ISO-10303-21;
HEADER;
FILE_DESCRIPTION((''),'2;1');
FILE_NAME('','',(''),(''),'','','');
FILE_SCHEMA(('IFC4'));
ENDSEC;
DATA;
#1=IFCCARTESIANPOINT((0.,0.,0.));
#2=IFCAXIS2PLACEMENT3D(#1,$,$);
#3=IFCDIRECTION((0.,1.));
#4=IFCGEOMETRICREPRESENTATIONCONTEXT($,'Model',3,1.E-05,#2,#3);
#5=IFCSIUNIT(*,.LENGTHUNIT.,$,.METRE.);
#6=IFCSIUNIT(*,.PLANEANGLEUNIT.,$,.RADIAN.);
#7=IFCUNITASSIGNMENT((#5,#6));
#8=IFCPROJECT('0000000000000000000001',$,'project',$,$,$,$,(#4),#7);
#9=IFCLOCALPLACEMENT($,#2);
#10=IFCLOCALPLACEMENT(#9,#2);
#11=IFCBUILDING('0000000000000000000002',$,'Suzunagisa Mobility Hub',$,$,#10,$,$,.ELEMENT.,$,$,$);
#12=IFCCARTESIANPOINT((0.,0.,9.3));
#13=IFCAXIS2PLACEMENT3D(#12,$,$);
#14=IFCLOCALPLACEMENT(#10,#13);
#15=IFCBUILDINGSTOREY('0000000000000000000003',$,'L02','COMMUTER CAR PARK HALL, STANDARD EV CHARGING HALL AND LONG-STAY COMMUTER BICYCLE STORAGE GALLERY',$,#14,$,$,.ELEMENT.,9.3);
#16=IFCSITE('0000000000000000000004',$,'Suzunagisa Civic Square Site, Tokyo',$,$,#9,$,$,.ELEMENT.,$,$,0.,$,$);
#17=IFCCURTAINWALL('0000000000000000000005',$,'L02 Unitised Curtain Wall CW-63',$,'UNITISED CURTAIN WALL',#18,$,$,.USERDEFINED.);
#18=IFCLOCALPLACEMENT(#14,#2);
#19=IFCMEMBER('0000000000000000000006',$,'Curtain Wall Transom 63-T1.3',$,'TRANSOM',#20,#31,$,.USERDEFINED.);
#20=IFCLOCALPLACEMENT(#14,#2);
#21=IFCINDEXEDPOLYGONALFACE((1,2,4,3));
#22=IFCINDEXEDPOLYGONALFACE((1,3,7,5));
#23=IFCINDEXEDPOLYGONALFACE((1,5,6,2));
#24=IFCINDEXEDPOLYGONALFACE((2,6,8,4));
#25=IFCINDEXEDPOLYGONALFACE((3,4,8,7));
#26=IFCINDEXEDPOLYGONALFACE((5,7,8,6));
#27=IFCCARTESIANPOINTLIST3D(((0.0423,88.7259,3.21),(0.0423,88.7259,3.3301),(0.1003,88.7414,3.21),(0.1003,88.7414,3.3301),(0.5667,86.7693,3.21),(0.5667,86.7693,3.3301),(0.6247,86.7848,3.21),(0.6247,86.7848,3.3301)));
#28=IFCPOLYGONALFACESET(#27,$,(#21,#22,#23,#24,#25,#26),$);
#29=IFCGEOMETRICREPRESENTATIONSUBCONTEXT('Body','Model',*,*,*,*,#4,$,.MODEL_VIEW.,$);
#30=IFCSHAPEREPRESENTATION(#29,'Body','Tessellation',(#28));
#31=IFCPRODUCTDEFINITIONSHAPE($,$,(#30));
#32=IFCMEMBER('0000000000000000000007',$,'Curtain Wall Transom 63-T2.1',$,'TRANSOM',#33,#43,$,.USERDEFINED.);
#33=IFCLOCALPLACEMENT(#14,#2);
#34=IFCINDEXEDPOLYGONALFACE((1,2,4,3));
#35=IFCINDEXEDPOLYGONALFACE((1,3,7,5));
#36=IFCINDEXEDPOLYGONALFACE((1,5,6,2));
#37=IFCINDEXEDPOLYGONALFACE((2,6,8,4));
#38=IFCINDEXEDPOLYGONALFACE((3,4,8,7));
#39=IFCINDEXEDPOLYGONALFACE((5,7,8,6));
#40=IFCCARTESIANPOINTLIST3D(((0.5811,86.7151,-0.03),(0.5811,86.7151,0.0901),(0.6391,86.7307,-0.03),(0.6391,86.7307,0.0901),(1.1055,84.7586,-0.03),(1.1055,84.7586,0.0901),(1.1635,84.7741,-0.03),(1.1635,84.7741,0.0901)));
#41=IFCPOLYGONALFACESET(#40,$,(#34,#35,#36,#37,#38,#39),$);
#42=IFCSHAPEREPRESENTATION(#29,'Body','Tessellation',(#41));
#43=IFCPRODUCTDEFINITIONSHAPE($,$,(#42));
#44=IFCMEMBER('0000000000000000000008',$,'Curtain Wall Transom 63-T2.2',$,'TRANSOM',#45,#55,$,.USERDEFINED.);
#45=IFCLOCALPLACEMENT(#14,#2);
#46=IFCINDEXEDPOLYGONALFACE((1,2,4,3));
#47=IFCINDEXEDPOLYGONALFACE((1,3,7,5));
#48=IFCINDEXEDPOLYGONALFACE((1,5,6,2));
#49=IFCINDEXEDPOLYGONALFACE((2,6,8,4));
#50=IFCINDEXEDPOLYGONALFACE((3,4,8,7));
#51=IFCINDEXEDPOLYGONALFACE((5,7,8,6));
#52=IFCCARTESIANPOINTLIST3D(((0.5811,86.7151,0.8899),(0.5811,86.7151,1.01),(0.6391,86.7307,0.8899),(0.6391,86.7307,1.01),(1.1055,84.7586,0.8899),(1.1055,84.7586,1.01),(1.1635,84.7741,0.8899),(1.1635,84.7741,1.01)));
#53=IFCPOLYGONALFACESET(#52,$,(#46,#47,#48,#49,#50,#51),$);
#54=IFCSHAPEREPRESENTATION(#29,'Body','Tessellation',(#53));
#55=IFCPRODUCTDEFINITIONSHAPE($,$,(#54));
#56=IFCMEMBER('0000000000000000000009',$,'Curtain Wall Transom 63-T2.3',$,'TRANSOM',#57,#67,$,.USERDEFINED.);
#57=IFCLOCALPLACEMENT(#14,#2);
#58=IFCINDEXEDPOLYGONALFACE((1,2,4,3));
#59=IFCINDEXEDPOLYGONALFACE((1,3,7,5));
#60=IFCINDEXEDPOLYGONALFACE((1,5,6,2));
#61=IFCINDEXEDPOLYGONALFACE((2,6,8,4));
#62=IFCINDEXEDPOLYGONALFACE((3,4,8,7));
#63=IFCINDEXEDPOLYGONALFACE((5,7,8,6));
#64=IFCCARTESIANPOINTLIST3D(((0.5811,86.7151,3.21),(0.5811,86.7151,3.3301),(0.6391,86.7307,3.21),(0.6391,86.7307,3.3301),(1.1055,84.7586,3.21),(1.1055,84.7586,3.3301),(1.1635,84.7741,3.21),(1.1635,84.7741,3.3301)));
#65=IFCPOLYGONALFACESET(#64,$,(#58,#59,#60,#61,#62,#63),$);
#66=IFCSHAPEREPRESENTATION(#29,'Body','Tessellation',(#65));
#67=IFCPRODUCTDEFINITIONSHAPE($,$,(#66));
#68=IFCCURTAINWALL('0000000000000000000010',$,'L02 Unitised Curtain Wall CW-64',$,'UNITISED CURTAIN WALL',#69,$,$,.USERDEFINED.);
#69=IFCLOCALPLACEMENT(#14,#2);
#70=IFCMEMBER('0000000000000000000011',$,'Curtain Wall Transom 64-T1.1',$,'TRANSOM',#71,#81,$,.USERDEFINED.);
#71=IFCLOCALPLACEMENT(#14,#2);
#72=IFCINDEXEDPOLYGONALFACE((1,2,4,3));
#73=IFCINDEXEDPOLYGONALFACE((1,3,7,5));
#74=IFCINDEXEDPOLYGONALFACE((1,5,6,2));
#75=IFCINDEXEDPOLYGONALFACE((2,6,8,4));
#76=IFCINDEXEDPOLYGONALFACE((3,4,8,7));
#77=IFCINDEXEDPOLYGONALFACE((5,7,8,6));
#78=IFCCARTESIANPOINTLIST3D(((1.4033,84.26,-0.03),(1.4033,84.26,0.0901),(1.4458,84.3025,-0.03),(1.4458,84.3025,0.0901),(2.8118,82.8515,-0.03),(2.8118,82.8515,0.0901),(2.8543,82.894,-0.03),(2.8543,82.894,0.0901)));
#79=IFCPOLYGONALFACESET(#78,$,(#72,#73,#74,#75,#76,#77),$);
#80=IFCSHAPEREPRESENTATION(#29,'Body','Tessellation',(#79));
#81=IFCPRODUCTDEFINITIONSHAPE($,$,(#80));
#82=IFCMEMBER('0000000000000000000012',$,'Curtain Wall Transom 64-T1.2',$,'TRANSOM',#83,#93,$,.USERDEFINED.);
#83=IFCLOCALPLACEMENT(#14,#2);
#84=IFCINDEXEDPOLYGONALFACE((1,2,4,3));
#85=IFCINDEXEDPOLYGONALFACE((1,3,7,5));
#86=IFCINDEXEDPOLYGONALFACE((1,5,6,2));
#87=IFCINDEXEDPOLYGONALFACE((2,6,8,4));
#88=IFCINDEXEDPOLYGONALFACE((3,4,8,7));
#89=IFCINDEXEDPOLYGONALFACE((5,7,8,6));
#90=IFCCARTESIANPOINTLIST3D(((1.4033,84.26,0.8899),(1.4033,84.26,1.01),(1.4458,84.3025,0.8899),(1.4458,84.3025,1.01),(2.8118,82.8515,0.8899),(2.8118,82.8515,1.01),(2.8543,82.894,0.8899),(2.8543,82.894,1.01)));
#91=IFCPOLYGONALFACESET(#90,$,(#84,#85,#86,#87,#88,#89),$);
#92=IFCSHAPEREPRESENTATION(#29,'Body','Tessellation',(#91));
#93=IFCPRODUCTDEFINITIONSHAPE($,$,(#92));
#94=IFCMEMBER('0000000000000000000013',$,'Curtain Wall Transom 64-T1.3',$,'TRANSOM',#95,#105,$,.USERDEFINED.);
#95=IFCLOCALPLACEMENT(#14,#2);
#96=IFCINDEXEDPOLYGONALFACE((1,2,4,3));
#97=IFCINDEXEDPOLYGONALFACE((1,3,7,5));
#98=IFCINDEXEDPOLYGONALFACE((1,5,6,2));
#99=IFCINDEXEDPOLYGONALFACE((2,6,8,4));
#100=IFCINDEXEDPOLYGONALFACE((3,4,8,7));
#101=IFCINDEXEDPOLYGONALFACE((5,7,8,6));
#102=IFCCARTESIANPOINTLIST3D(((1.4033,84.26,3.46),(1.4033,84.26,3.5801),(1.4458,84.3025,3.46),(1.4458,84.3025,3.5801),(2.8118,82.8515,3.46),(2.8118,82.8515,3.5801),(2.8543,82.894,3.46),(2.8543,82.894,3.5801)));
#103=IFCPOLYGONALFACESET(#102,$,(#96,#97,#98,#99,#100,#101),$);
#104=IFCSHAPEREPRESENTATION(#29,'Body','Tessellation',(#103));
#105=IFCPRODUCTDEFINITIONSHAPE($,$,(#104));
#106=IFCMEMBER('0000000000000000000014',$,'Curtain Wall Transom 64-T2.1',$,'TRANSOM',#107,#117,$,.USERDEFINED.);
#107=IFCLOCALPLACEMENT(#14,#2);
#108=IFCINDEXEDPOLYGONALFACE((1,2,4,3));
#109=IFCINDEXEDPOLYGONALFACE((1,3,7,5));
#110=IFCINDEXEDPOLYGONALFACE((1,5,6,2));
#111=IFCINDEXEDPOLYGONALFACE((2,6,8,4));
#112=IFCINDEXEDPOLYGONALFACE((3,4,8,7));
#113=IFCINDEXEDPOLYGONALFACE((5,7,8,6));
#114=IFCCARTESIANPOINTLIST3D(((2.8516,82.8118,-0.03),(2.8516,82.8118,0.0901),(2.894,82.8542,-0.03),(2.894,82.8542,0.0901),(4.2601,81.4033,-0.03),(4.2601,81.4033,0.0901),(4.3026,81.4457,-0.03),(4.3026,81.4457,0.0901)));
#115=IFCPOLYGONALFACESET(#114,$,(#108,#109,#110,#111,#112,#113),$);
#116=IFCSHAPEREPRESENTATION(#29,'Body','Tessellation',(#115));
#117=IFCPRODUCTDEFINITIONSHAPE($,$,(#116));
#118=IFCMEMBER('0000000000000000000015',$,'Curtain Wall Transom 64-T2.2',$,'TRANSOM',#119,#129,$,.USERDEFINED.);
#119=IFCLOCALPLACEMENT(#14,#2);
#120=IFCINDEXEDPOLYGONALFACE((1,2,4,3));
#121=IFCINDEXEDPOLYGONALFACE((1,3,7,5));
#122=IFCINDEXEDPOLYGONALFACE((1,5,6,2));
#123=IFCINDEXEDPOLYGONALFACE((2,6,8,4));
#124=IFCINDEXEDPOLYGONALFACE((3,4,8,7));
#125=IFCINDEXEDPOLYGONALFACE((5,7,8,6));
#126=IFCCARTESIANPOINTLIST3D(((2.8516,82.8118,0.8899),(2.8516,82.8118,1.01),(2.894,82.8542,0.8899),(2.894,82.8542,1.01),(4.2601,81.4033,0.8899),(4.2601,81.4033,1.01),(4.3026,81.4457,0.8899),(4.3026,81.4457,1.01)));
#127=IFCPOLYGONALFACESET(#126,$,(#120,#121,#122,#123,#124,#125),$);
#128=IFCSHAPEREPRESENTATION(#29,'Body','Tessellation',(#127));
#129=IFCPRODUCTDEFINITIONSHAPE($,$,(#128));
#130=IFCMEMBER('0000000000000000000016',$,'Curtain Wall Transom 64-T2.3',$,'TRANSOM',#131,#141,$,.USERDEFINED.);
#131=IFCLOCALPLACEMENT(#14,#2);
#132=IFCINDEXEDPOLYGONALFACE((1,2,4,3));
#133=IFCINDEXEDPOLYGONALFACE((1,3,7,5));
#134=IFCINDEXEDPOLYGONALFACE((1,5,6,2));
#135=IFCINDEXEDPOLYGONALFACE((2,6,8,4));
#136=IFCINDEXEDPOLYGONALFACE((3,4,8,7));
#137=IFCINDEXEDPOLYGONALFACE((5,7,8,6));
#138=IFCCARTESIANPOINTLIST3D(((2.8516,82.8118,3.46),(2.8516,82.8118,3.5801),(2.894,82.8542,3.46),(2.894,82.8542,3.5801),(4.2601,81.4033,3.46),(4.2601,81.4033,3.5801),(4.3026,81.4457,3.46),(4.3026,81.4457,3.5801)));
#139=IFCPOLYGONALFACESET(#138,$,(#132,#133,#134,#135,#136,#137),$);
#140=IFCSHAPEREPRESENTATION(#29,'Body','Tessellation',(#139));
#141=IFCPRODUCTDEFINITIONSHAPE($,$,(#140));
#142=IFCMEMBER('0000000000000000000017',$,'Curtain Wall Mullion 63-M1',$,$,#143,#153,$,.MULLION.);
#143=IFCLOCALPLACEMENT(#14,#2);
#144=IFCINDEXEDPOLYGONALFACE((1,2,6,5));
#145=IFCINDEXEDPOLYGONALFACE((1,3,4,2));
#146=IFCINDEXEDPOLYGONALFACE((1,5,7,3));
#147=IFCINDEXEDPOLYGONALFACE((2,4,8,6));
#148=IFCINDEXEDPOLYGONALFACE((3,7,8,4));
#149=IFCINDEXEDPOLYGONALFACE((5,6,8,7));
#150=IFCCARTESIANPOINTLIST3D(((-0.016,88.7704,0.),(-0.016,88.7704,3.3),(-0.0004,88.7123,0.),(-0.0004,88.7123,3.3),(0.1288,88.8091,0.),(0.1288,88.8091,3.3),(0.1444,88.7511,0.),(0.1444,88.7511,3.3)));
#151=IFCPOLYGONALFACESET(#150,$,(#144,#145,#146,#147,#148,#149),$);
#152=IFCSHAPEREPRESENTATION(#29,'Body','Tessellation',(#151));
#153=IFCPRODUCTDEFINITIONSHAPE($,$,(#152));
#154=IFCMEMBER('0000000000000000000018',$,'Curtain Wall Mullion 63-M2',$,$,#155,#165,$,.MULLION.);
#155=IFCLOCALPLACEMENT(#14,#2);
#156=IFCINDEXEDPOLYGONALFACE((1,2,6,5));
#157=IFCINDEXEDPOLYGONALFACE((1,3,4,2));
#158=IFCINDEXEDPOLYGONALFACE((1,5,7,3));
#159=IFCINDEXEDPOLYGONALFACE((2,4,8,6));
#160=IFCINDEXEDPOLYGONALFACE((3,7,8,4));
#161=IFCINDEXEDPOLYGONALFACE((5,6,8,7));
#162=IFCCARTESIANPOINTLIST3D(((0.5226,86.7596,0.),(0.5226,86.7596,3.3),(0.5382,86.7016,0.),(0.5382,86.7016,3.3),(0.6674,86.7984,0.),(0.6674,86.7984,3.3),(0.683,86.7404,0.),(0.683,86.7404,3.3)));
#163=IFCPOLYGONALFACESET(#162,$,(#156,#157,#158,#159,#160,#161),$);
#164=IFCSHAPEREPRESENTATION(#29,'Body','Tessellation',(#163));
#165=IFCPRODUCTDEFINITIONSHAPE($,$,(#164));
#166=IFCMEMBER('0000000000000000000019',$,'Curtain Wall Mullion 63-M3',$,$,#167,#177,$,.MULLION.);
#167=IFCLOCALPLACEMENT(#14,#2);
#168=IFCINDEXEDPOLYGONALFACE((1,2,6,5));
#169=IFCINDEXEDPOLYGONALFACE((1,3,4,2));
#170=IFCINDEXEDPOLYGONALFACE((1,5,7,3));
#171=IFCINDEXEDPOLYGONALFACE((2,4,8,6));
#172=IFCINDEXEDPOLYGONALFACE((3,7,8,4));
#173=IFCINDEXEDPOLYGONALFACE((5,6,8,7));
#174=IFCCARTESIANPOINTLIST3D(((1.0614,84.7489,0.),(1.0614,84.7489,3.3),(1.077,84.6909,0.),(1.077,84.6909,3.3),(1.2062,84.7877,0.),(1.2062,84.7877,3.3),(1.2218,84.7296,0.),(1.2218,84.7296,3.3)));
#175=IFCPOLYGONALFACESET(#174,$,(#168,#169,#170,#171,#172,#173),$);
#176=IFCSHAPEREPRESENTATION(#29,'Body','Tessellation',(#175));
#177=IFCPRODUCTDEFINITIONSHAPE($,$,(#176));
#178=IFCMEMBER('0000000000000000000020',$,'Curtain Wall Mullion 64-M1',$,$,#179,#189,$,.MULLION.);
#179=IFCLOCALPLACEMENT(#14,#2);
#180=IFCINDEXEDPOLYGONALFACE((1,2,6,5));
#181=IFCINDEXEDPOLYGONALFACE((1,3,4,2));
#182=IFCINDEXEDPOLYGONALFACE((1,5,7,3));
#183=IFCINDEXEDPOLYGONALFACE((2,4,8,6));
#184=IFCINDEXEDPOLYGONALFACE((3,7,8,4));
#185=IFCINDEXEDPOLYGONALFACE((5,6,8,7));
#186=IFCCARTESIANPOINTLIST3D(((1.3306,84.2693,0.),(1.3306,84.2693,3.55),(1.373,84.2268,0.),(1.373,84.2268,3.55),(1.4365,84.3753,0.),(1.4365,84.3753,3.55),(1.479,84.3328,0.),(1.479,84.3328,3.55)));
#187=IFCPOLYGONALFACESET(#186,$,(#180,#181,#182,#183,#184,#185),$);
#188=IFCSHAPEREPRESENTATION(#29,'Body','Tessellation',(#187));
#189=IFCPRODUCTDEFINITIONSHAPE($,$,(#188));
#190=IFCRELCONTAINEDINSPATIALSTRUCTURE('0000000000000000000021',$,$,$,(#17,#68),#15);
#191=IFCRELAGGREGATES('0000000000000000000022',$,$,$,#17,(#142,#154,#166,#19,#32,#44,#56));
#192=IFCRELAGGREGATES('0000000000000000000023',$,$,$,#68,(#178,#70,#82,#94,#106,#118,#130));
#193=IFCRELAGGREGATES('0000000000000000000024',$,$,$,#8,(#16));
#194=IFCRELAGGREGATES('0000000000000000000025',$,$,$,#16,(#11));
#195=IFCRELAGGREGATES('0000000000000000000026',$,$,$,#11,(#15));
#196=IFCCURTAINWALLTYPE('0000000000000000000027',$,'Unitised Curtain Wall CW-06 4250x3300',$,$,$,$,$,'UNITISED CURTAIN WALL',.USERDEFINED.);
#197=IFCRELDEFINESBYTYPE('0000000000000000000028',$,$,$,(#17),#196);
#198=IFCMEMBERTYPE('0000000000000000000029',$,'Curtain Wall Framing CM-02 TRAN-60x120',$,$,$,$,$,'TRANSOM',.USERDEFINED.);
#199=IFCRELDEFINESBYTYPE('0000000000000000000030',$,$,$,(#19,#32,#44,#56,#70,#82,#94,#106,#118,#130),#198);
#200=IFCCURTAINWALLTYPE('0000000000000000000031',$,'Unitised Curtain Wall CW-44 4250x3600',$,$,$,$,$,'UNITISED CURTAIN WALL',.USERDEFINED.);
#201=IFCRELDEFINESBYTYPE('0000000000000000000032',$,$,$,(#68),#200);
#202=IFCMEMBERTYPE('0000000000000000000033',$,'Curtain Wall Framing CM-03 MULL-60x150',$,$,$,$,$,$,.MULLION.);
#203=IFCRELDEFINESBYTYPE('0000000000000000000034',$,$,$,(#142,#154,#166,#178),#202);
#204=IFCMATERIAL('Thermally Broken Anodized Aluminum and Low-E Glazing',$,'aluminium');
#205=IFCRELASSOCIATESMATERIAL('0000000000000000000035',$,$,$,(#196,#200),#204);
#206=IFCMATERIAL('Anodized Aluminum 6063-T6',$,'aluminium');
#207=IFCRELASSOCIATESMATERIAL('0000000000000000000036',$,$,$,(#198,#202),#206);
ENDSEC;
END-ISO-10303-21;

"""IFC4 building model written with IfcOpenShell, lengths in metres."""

from ifc_helpers import new_model, si_unit, direction, frame, origin, origin_2d, place, context, subcontext, project, spatial, rectangle, extrude, material, material_profile, profile_set, type_object, element, aggregate, save


model = new_model("IFC4")

# Units and contexts
model_context = context("Model", 3, precision=1e-05, world=origin(), true_north=direction((0.0, 1.0)))
body_context = subcontext(model_context, "Body", "Model", "MODEL_VIEW")
ifc_project = project(units=[si_unit("LENGTHUNIT", "METRE"), si_unit("PLANEANGLEUNIT", "RADIAN")], contexts=[model_context])

# Site, building, storey
site_placement = place(None, origin())
site = spatial("IfcSite", under=ifc_project, at=site_placement, Name="Suzunagisa Civic Square Site, Tokyo", CompositionType="ELEMENT", RefElevation=0.0)
building_placement = place(site_placement, origin())
building = spatial("IfcBuilding", under=site, at=building_placement, Name="Suzunagisa Mobility Hub", CompositionType="ELEMENT")
storey_placement = place(building_placement, frame((0.0, 0.0, 9.3)))
storey = spatial("IfcBuildingStorey", under=building, at=storey_placement, Name="L02", Description="COMMUTER CAR PARK HALL, STANDARD EV CHARGING HALL AND LONG-STAY COMMUTER BICYCLE STORAGE GALLERY", CompositionType="ELEMENT", Elevation=9.3)

# Curtain walls, members
ifc_material_1 = material(Name="Thermally Broken Anodized Aluminum and Low-E Glazing", Category="aluminium")
curtain_wall_type_1 = type_object("IfcCurtainWallType", Name="Unitised Curtain Wall CW-06 4250x3300", ElementType="UNITISED CURTAIN WALL", PredefinedType="USERDEFINED", material=ifc_material_1)
curtain_wall_1_placement = place(storey_placement, origin())
curtain_wall_1 = element("IfcCurtainWall", 1, at=curtain_wall_1_placement, inside=storey, type_object=curtain_wall_type_1, Name="L02 Unitised Curtain Wall CW-63", ObjectType="UNITISED CURTAIN WALL", PredefinedType="USERDEFINED")
ifc_material_2 = material(Name="Anodized Aluminum 6063-T6", Category="aluminium")
ifc_material_profile_1 = material_profile(ifc_material_2, rectangle(XDim=0.0601, YDim=0.1201, at=origin_2d()), Name="TRAN-60x120")
ifc_profile_set_1 = profile_set([ifc_material_profile_1], Name="Anodized Aluminum 6063-T6")
member_type_1 = type_object("IfcMemberType", Name="Curtain Wall Framing CM-02 TRAN-60x120", ElementType="TRANSOM", PredefinedType="USERDEFINED", material=ifc_profile_set_1)
member_1_placement = place(storey_placement, frame((0.0713, 88.7336, 3.27), z_axis=(0.258893, -0.965906, 0.0), x_axis=(0.965906, 0.258893, 0.0)))
member_1 = element("IfcMember", 2, at=member_1_placement, type_object=member_type_1, Name="Curtain Wall Transom 63-T1.3", ObjectType="TRANSOM", PredefinedType="USERDEFINED", context=body_context, shape_type="SweptSolid", body=[
    extrude(rectangle(XDim=0.0601, YDim=0.1201, at=origin_2d()), origin(), (0.0, 0.0, 1.0), 2.0256),
])
member_2_placement = place(storey_placement, frame((0.6101, 86.7229, 0.03), z_axis=(0.258893, -0.965906, 0.0), x_axis=(0.965906, 0.258893, 0.0)))
member_2 = element("IfcMember", 3, at=member_2_placement, type_object=member_type_1, Name="Curtain Wall Transom 63-T2.1", ObjectType="TRANSOM", PredefinedType="USERDEFINED", context=body_context, shape_type="SweptSolid", body=[
    extrude(rectangle(XDim=0.0601, YDim=0.1201, at=origin_2d()), origin(), (0.0, 0.0, 1.0), 2.0256),
])
member_3_placement = place(storey_placement, frame((0.6101, 86.7229, 0.95), z_axis=(0.258893, -0.965906, 0.0), x_axis=(0.965906, 0.258893, 0.0)))
member_3 = element("IfcMember", 4, at=member_3_placement, type_object=member_type_1, Name="Curtain Wall Transom 63-T2.2", ObjectType="TRANSOM", PredefinedType="USERDEFINED", context=body_context, shape_type="SweptSolid", body=[
    extrude(rectangle(XDim=0.0601, YDim=0.1201, at=origin_2d()), origin(), (0.0, 0.0, 1.0), 2.0256),
])
member_4_placement = place(storey_placement, frame((0.6101, 86.7229, 3.27), z_axis=(0.258893, -0.965906, 0.0), x_axis=(0.965906, 0.258893, 0.0)))
member_4 = element("IfcMember", 5, at=member_4_placement, type_object=member_type_1, Name="Curtain Wall Transom 63-T2.3", ObjectType="TRANSOM", PredefinedType="USERDEFINED", context=body_context, shape_type="SweptSolid", body=[
    extrude(rectangle(XDim=0.0601, YDim=0.1201, at=origin_2d()), origin(), (0.0, 0.0, 1.0), 2.0256),
])
curtain_wall_type_2 = type_object("IfcCurtainWallType", Name="Unitised Curtain Wall CW-44 4250x3600", ElementType="UNITISED CURTAIN WALL", PredefinedType="USERDEFINED", material=ifc_material_1)
curtain_wall_2_placement = place(storey_placement, origin())
curtain_wall_2 = element("IfcCurtainWall", 6, at=curtain_wall_2_placement, inside=storey, type_object=curtain_wall_type_2, Name="L02 Unitised Curtain Wall CW-64", ObjectType="UNITISED CURTAIN WALL", PredefinedType="USERDEFINED")
member_5_placement = place(storey_placement, frame((1.4246, 84.2812, 0.03), z_axis=(0.707107, -0.707107, 0.0), x_axis=(0.707107, 0.707107, 0.0)))
member_5 = element("IfcMember", 7, at=member_5_placement, type_object=member_type_1, Name="Curtain Wall Transom 64-T1.1", ObjectType="TRANSOM", PredefinedType="USERDEFINED", context=body_context, shape_type="SweptSolid", body=[
    extrude(rectangle(XDim=0.0601, YDim=0.1201, at=origin_2d()), origin(), (0.0, 0.0, 1.0), 1.9919),
])
member_6_placement = place(storey_placement, frame((1.4246, 84.2812, 0.95), z_axis=(0.707107, -0.707107, 0.0), x_axis=(0.707107, 0.707107, 0.0)))
member_6 = element("IfcMember", 8, at=member_6_placement, type_object=member_type_1, Name="Curtain Wall Transom 64-T1.2", ObjectType="TRANSOM", PredefinedType="USERDEFINED", context=body_context, shape_type="SweptSolid", body=[
    extrude(rectangle(XDim=0.0601, YDim=0.1201, at=origin_2d()), origin(), (0.0, 0.0, 1.0), 1.9919),
])
member_7_placement = place(storey_placement, frame((1.4246, 84.2812, 3.52), z_axis=(0.707107, -0.707107, 0.0), x_axis=(0.707107, 0.707107, 0.0)))
member_7 = element("IfcMember", 9, at=member_7_placement, type_object=member_type_1, Name="Curtain Wall Transom 64-T1.3", ObjectType="TRANSOM", PredefinedType="USERDEFINED", context=body_context, shape_type="SweptSolid", body=[
    extrude(rectangle(XDim=0.0601, YDim=0.1201, at=origin_2d()), origin(), (0.0, 0.0, 1.0), 1.9919),
])
member_8_placement = place(storey_placement, frame((2.8728, 82.833, 0.03), z_axis=(0.707107, -0.707107, 0.0), x_axis=(0.707107, 0.707107, 0.0)))
member_8 = element("IfcMember", 10, at=member_8_placement, type_object=member_type_1, Name="Curtain Wall Transom 64-T2.1", ObjectType="TRANSOM", PredefinedType="USERDEFINED", context=body_context, shape_type="SweptSolid", body=[
    extrude(rectangle(XDim=0.0601, YDim=0.1201, at=origin_2d()), origin(), (0.0, 0.0, 1.0), 1.9919),
])
member_9_placement = place(storey_placement, frame((2.8728, 82.833, 0.95), z_axis=(0.707107, -0.707107, 0.0), x_axis=(0.707107, 0.707107, 0.0)))
member_9 = element("IfcMember", 11, at=member_9_placement, type_object=member_type_1, Name="Curtain Wall Transom 64-T2.2", ObjectType="TRANSOM", PredefinedType="USERDEFINED", context=body_context, shape_type="SweptSolid", body=[
    extrude(rectangle(XDim=0.0601, YDim=0.1201, at=origin_2d()), origin(), (0.0, 0.0, 1.0), 1.9919),
])
member_10_placement = place(storey_placement, frame((2.8728, 82.833, 3.52), z_axis=(0.707107, -0.707107, 0.0), x_axis=(0.707107, 0.707107, 0.0)))
member_10 = element("IfcMember", 12, at=member_10_placement, type_object=member_type_1, Name="Curtain Wall Transom 64-T2.3", ObjectType="TRANSOM", PredefinedType="USERDEFINED", context=body_context, shape_type="SweptSolid", body=[
    extrude(rectangle(XDim=0.0601, YDim=0.1201, at=origin_2d()), origin(), (0.0, 0.0, 1.0), 1.9919),
])

# Members
ifc_material_profile_2 = material_profile(ifc_material_2, rectangle(XDim=0.0601, YDim=0.1499, at=origin_2d()), Name="MULL-60x150")
ifc_profile_set_2 = profile_set([ifc_material_profile_2], Name="Anodized Aluminum 6063-T6")
member_type_2 = type_object("IfcMemberType", Name="Curtain Wall Framing CM-03 MULL-60x150", PredefinedType="MULLION", material=ifc_profile_set_2)
member_11_placement = place(storey_placement, frame((0.0642, 88.7607, 0.0), z_axis=(0.0, 0.0, 1.0), x_axis=(0.258803, -0.96593, 0.0)))
member_11 = element("IfcMember", 13, at=member_11_placement, type_object=member_type_2, Name="Curtain Wall Mullion 63-M1", PredefinedType="MULLION", context=body_context, shape_type="SweptSolid", body=[
    extrude(rectangle(XDim=0.0601, YDim=0.1499, at=origin_2d()), origin(), (0.0, 0.0, 1.0), 3.3),
])
member_12_placement = place(storey_placement, frame((0.6028, 86.75, 0.0), z_axis=(0.0, 0.0, 1.0), x_axis=(0.258803, -0.96593, 0.0)))
member_12 = element("IfcMember", 14, at=member_12_placement, type_object=member_type_2, Name="Curtain Wall Mullion 63-M2", PredefinedType="MULLION", context=body_context, shape_type="SweptSolid", body=[
    extrude(rectangle(XDim=0.0601, YDim=0.1499, at=origin_2d()), origin(), (0.0, 0.0, 1.0), 3.3),
])
member_13_placement = place(storey_placement, frame((1.1416, 84.7393, 0.0), z_axis=(0.0, 0.0, 1.0), x_axis=(0.258803, -0.96593, 0.0)))
member_13 = element("IfcMember", 15, at=member_13_placement, type_object=member_type_2, Name="Curtain Wall Mullion 63-M3", PredefinedType="MULLION", context=body_context, shape_type="SweptSolid", body=[
    extrude(rectangle(XDim=0.0601, YDim=0.1499, at=origin_2d()), origin(), (0.0, 0.0, 1.0), 3.3),
])
member_14_placement = place(storey_placement, frame((1.4048, 84.301, 0.0), z_axis=(0.0, 0.0, 1.0), x_axis=(0.707107, -0.707107, 0.0)))
member_14 = element("IfcMember", 16, at=member_14_placement, type_object=member_type_2, Name="Curtain Wall Mullion 64-M1", PredefinedType="MULLION", context=body_context, shape_type="SweptSolid", body=[
    extrude(rectangle(XDim=0.0601, YDim=0.1499, at=origin_2d()), origin(), (0.0, 0.0, 1.0), 3.55),
])

aggregate(curtain_wall_1, [member_11, member_12, member_13, member_1, member_2, member_3, member_4])
aggregate(curtain_wall_2, [member_14, member_5, member_6, member_7, member_8, member_9, member_10])

save(model, "model.ifc")
